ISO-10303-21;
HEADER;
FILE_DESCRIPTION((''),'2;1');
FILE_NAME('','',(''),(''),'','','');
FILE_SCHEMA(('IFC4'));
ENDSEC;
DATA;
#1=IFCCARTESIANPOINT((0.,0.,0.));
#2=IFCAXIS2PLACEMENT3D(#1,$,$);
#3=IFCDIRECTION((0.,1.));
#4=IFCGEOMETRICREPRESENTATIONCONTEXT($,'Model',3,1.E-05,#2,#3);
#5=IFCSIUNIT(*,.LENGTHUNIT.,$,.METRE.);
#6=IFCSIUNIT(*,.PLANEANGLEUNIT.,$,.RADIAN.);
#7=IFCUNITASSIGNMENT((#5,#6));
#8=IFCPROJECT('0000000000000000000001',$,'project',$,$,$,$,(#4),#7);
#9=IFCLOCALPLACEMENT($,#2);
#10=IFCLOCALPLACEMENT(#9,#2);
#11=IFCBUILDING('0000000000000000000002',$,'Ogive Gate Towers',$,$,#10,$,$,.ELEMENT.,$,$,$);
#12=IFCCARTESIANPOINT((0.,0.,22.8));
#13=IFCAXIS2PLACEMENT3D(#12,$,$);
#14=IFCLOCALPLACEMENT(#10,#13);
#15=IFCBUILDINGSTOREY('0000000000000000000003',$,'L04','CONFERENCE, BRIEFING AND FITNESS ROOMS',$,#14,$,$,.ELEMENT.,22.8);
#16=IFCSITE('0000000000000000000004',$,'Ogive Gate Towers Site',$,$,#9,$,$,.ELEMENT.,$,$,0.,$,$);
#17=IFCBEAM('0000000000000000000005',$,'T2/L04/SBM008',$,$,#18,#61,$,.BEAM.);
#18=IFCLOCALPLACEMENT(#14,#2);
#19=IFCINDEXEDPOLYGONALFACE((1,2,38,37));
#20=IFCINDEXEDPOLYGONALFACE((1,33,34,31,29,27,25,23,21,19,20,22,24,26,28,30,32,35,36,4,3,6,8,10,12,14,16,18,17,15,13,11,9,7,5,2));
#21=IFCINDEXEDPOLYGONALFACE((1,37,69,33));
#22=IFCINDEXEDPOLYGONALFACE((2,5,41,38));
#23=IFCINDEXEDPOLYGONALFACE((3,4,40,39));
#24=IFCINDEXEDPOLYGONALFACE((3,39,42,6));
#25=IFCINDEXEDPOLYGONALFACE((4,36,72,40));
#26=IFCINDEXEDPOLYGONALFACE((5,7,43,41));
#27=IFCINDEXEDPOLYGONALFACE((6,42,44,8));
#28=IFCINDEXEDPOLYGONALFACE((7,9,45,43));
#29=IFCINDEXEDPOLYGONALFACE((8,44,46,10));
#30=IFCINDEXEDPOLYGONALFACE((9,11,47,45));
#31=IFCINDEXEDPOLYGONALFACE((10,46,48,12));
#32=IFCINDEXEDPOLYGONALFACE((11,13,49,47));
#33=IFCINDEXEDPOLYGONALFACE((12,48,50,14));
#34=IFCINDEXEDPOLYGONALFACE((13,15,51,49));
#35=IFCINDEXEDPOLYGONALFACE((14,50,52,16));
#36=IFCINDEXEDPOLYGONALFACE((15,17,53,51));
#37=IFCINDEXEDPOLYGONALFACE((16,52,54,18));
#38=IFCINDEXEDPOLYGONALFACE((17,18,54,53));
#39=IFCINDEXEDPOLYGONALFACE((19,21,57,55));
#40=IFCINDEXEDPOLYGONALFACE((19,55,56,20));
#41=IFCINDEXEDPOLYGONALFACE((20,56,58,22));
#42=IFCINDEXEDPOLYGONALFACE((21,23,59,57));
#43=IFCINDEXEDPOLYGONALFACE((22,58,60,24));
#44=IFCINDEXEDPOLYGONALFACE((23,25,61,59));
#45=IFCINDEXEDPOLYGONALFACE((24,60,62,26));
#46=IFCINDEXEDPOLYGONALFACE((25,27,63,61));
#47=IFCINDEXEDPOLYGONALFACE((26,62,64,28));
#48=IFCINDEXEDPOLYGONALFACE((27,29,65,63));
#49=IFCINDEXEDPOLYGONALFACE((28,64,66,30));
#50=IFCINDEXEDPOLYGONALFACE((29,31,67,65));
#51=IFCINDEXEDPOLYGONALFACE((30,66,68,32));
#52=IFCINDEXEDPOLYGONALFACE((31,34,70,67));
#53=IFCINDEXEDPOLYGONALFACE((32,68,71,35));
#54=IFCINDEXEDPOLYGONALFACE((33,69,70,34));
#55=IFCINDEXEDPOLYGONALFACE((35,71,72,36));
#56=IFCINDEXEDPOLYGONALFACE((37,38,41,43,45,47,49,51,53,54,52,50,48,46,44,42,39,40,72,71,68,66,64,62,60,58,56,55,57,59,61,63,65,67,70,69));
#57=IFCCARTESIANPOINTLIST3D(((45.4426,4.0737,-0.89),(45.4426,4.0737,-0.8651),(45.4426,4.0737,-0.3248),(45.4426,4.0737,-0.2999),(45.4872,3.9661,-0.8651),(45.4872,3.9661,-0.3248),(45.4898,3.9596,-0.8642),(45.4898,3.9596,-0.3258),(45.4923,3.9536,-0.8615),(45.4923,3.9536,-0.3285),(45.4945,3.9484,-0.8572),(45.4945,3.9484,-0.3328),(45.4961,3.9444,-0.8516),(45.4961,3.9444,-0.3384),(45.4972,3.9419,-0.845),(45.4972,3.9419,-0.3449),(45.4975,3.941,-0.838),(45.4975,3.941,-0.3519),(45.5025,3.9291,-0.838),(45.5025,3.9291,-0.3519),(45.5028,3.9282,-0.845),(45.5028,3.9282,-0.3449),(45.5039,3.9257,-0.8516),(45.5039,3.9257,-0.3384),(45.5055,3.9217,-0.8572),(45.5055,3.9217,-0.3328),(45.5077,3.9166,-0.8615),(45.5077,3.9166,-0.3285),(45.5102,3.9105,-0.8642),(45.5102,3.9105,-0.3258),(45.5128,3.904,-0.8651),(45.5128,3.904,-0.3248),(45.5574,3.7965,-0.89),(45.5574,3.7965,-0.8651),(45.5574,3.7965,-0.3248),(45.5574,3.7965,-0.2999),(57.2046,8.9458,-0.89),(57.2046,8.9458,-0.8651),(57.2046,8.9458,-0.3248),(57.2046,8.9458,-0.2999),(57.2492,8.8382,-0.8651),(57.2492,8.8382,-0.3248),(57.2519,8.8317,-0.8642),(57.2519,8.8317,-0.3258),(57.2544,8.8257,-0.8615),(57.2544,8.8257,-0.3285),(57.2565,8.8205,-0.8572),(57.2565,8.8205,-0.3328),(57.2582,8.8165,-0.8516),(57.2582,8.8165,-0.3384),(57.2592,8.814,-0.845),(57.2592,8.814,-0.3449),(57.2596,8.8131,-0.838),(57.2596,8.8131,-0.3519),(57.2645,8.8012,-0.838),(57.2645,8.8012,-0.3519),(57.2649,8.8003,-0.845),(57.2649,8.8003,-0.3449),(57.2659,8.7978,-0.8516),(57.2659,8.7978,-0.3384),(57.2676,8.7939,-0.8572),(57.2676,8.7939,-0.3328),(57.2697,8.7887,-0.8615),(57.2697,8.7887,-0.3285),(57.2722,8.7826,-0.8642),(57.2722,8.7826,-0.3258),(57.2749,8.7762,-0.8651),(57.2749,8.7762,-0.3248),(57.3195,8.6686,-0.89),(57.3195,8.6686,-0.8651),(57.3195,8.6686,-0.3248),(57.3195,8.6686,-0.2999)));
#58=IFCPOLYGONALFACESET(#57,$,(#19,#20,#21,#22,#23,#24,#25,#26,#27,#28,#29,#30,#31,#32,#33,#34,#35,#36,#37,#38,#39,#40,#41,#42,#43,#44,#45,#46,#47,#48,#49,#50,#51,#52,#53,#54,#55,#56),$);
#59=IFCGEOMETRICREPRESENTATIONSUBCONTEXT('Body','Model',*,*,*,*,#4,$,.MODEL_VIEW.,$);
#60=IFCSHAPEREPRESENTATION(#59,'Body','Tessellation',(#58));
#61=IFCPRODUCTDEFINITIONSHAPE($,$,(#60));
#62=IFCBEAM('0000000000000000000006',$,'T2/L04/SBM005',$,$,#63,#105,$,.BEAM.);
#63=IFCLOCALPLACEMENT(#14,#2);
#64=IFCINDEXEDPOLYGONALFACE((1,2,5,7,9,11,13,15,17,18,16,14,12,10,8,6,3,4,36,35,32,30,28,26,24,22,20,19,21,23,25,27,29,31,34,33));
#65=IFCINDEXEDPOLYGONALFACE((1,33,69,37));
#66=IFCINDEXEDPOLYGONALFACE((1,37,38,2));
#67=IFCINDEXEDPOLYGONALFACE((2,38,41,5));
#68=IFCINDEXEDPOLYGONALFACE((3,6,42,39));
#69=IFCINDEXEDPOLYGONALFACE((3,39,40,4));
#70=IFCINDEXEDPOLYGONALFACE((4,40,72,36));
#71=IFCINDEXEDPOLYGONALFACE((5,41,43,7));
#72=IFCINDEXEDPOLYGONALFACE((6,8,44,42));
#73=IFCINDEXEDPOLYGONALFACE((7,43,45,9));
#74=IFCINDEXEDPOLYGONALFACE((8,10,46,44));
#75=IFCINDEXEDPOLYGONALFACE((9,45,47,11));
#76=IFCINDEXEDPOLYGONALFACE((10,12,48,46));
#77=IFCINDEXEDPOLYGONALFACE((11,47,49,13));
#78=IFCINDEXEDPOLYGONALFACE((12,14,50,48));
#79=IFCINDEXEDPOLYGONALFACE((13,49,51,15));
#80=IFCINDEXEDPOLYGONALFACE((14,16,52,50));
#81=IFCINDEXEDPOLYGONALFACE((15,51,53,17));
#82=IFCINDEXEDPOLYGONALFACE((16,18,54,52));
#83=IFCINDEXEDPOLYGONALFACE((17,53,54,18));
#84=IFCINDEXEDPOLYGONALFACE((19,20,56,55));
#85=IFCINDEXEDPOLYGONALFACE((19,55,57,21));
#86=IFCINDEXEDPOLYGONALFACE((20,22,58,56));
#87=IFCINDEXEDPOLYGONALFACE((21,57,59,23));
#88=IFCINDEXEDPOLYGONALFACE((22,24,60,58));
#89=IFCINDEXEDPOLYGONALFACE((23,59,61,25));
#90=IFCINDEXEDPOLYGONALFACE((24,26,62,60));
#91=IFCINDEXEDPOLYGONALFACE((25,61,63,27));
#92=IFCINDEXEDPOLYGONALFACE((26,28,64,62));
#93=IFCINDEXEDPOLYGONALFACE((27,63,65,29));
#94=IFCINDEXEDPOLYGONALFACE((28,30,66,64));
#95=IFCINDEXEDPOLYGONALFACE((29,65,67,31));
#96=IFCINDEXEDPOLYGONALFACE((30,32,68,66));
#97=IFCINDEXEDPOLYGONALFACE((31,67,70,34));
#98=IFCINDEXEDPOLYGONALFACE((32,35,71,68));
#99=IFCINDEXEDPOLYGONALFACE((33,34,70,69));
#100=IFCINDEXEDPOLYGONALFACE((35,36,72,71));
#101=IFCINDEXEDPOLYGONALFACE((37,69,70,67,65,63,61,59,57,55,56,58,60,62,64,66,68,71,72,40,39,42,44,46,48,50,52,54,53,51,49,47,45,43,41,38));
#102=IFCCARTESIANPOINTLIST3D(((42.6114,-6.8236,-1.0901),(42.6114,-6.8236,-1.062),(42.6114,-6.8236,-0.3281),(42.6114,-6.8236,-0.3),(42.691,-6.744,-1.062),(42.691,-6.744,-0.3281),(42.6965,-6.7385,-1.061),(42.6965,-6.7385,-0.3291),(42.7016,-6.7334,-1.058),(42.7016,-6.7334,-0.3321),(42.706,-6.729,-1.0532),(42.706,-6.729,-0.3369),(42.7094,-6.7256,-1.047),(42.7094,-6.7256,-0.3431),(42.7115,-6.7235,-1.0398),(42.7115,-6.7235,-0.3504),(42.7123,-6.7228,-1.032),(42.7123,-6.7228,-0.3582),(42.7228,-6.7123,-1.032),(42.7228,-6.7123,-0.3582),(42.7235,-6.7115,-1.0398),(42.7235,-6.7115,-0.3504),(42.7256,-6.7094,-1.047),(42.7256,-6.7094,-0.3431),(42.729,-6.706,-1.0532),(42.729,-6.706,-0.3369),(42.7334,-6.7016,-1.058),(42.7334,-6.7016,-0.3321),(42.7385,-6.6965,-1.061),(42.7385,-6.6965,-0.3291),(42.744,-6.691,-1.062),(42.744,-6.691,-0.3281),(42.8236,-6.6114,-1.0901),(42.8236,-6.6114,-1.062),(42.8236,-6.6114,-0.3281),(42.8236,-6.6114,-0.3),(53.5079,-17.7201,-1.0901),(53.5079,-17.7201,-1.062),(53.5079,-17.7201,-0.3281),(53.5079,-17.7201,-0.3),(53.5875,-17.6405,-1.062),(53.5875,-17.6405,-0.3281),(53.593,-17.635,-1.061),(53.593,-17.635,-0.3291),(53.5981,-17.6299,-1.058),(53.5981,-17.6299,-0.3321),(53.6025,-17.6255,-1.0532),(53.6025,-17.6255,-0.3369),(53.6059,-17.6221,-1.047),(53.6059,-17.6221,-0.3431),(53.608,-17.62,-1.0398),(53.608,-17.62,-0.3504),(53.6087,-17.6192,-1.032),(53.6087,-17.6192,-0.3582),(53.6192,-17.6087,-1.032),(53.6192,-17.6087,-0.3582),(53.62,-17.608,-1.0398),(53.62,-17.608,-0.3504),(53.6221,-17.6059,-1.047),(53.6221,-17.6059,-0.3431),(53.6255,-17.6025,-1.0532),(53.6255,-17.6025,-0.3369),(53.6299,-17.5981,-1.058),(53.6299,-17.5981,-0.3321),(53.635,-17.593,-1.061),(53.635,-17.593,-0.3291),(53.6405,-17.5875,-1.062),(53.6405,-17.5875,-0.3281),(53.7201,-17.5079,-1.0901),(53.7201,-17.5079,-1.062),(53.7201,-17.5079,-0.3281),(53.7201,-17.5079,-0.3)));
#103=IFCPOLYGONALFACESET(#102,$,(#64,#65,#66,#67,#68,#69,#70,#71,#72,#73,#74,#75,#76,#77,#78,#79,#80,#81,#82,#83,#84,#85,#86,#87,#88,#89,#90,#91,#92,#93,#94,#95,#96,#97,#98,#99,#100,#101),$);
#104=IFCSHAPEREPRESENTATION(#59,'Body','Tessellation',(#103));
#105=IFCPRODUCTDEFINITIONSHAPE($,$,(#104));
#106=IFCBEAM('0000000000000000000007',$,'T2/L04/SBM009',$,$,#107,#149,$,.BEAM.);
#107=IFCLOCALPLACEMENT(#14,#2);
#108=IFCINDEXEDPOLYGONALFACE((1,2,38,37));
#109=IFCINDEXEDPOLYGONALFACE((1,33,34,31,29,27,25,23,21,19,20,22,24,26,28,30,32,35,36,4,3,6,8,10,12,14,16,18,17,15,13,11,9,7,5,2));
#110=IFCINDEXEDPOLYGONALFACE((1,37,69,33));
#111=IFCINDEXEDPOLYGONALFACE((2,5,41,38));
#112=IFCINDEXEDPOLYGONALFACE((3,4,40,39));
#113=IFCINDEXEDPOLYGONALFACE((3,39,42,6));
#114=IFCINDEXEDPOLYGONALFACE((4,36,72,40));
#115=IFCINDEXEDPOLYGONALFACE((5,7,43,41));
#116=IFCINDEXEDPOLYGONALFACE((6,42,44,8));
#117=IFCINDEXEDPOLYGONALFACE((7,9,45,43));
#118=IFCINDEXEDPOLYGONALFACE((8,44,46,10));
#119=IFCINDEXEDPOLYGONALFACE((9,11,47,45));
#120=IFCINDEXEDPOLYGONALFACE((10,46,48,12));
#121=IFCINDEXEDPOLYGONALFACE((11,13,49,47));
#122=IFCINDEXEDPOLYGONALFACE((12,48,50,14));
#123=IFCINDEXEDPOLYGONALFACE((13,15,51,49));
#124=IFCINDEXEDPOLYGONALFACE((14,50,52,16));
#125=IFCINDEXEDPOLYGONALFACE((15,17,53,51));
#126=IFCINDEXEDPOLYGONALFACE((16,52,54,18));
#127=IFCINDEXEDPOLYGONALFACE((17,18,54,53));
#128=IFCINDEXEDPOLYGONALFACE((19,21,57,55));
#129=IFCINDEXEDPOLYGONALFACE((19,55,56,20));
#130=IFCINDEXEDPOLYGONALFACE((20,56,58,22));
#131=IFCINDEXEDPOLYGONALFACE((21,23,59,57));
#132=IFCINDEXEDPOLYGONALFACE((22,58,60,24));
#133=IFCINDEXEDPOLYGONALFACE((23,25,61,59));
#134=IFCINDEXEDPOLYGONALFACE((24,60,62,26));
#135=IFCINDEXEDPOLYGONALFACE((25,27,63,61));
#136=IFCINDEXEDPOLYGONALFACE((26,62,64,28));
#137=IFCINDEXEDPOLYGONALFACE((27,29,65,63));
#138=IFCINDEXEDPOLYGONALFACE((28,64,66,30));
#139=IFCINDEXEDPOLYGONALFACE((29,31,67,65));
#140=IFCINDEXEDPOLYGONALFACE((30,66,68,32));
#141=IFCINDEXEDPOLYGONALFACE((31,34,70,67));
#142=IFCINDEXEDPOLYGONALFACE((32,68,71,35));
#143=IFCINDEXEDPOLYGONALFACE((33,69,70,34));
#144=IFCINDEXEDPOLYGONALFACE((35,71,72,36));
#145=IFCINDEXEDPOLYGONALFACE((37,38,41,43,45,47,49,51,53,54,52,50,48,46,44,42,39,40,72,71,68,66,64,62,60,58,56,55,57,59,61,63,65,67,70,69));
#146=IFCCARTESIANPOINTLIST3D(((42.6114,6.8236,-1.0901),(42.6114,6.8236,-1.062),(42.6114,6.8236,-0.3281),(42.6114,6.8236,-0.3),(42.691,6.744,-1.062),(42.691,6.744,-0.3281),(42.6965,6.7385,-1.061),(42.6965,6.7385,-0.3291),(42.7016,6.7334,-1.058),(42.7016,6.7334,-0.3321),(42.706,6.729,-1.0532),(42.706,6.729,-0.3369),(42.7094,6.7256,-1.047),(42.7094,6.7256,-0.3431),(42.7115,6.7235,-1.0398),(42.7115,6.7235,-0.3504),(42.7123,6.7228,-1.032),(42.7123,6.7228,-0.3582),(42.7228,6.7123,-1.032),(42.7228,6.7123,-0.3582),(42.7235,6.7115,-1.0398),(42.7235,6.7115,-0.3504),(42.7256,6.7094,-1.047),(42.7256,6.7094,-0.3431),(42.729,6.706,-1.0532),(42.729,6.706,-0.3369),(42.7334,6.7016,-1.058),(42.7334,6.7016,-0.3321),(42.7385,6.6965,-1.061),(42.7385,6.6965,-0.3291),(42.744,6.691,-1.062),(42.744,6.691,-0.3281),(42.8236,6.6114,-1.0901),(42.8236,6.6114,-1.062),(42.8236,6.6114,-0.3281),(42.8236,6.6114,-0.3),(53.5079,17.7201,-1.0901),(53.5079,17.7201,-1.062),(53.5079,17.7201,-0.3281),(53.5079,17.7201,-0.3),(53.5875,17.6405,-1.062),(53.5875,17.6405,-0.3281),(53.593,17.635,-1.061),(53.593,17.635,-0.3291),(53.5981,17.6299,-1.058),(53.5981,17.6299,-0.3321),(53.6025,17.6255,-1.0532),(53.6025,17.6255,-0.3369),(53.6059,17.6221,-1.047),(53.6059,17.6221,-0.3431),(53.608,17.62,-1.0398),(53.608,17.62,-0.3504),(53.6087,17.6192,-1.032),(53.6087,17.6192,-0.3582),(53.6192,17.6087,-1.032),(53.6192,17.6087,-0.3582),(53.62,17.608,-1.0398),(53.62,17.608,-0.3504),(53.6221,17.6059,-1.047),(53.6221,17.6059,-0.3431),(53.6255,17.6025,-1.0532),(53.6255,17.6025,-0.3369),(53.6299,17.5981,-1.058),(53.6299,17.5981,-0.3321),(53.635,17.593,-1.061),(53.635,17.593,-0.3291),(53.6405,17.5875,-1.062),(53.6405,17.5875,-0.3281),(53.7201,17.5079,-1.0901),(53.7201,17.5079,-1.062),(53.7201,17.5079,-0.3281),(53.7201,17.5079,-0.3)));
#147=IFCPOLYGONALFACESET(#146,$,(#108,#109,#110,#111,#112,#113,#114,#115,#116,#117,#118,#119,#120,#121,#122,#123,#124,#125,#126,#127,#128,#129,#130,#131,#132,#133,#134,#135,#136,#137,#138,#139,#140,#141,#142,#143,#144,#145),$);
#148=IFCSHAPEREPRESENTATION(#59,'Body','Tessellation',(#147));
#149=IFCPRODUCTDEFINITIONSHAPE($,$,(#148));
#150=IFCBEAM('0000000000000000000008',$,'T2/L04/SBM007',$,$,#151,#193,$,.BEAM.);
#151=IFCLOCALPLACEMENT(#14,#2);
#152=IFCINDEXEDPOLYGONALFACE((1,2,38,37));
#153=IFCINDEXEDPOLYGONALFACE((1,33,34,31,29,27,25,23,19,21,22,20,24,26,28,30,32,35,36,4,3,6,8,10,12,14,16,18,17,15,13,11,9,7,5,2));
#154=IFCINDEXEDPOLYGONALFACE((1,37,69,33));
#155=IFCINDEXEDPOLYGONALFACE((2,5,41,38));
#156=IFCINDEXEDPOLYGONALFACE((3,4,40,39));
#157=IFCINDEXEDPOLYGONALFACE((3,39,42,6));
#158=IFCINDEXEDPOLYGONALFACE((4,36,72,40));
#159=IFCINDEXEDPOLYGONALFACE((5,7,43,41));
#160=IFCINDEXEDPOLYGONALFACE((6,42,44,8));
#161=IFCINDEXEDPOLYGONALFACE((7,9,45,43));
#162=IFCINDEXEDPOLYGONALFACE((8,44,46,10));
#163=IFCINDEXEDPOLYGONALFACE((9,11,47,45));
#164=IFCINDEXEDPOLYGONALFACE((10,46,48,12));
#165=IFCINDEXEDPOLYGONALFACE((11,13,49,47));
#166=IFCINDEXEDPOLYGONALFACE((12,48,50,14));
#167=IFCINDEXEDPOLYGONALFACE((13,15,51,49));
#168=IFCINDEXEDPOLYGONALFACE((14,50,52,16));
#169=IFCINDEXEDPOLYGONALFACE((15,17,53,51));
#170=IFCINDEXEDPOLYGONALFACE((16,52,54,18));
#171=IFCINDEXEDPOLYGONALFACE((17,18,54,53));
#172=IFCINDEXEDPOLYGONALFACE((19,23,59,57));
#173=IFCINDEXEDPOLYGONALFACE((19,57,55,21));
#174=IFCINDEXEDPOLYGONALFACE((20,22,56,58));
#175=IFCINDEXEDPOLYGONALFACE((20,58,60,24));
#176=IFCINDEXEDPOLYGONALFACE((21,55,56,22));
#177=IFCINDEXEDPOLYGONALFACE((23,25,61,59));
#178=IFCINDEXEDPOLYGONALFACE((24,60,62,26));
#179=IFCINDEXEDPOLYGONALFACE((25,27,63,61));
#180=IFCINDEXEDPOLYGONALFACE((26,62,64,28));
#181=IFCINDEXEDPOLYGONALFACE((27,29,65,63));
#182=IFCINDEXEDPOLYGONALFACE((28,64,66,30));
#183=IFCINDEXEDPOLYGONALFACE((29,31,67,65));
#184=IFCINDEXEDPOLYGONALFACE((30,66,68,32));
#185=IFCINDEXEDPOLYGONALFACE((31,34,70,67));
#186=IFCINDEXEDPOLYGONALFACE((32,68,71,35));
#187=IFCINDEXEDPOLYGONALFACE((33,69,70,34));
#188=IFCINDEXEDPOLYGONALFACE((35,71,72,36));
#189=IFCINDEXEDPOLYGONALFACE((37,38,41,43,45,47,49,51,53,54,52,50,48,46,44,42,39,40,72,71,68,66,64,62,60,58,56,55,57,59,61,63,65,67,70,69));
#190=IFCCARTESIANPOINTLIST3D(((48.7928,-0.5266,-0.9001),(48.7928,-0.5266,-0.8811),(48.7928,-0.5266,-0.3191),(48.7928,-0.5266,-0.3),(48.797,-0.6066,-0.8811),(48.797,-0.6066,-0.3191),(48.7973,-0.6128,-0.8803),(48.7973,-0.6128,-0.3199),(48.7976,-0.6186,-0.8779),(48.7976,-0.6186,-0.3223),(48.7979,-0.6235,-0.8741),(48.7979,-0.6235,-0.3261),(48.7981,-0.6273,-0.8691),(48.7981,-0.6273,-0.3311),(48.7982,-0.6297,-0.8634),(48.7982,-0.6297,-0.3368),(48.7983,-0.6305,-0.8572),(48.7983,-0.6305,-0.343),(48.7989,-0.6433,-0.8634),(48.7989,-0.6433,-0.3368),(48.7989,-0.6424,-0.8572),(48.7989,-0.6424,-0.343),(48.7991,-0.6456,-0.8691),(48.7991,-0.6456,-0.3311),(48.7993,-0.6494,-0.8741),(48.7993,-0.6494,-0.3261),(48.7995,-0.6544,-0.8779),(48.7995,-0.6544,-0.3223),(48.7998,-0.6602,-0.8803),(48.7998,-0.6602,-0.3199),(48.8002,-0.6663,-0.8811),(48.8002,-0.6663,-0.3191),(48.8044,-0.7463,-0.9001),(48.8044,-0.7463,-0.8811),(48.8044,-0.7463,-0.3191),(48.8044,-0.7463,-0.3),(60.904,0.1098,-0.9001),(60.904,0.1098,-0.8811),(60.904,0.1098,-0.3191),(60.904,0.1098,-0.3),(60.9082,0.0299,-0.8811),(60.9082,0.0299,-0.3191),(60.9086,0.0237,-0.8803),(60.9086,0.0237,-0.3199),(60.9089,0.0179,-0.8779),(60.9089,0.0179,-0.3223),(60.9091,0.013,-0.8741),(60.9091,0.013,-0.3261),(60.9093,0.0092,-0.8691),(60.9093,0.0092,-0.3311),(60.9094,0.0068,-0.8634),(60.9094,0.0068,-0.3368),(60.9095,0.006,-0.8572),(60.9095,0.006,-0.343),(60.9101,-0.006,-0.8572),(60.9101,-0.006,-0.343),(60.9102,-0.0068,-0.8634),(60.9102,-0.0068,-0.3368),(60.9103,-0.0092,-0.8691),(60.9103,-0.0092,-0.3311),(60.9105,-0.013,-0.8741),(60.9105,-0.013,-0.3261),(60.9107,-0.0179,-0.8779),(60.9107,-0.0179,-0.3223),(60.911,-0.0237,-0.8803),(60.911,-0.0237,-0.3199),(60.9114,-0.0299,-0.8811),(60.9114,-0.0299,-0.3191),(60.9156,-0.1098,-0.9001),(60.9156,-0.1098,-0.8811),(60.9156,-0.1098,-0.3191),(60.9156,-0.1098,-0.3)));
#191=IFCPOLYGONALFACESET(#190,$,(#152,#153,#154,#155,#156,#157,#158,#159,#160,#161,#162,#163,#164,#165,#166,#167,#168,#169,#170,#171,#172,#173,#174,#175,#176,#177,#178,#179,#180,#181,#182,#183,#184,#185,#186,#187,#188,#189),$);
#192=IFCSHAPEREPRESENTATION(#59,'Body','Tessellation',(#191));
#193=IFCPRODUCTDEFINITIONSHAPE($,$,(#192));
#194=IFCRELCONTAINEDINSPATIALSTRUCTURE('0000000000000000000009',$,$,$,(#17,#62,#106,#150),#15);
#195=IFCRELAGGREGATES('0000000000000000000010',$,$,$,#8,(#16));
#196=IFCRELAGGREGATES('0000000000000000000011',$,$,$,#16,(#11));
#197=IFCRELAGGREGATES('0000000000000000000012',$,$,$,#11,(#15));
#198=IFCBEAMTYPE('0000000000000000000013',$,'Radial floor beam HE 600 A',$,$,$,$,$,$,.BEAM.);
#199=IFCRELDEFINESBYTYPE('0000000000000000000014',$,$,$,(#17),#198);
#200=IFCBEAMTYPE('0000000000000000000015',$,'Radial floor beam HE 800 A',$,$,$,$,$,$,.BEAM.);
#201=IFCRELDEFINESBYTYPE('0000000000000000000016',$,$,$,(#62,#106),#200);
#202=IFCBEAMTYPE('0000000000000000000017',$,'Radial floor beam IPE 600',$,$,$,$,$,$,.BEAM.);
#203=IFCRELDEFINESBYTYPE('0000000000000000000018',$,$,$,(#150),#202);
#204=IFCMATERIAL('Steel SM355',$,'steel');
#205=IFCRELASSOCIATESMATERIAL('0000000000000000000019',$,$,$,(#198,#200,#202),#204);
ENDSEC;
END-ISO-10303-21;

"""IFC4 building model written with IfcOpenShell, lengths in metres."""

from ifc_helpers import new_model, si_unit, direction, frame, origin, origin_2d, place, context, subcontext, project, spatial, i_section, extrude, material, material_profile, profile_set, type_object, element, save


model = new_model("IFC4")

# Units and contexts
model_context = context("Model", 3, precision=1e-05, world=origin(), true_north=direction((0.0, 1.0)))
body_context = subcontext(model_context, "Body", "Model", "MODEL_VIEW")
ifc_project = project(units=[si_unit("LENGTHUNIT", "METRE"), si_unit("PLANEANGLEUNIT", "RADIAN")], contexts=[model_context])

# Site, building, storey
site_placement = place(None, origin())
site = spatial("IfcSite", under=ifc_project, at=site_placement, Name="Ogive Gate Towers Site", CompositionType="ELEMENT", RefElevation=0.0)
building_placement = place(site_placement, origin())
building = spatial("IfcBuilding", under=site, at=building_placement, Name="Ogive Gate Towers", CompositionType="ELEMENT")
storey_placement = place(building_placement, frame((0.0, 0.0, 22.8)))
storey = spatial("IfcBuildingStorey", under=building, at=storey_placement, Name="L04", Description="CONFERENCE, BRIEFING AND FITNESS ROOMS", CompositionType="ELEMENT", Elevation=22.8)

# Beams
ifc_material_1 = material(Name="Steel SM355", Category="steel")
ifc_material_profile_1 = material_profile(ifc_material_1, i_section(OverallWidth=0.3, OverallDepth=0.5901, WebThickness=0.0129, FlangeThickness=0.0249, FilletRadius=0.0271, at=origin_2d()), Name="HE 600 A")
ifc_profile_set_1 = profile_set([ifc_material_profile_1], Name="Steel SM355")
beam_type_1 = type_object("IfcBeamType", Name="Radial floor beam HE 600 A", PredefinedType="BEAM", material=ifc_profile_set_1)
for number, where, z_axis, x_axis, name in (
    (1, (45.5, 3.9351, -0.595), (0.923877, 0.382691, 0.0), (-0.382691, 0.923877, 0.0), "T2/L04/SBM008"),
):
    element("IfcBeam", number, at=place(storey_placement, frame(where, z_axis=z_axis, x_axis=x_axis)), inside=storey, type_object=beam_type_1, Name=name, PredefinedType="BEAM", context=body_context, shape_type="SweptSolid", body=[
        extrude(i_section(OverallWidth=0.3, OverallDepth=0.5901, WebThickness=0.0129, FlangeThickness=0.0249, FilletRadius=0.0271, at=origin_2d()), origin(), (0.0, 0.0, 1.0), 12.7312),
    ])
ifc_material_profile_2 = material_profile(ifc_material_1, i_section(OverallWidth=0.3, OverallDepth=0.79, WebThickness=0.0149, FlangeThickness=0.0281, FilletRadius=0.03, at=origin_2d()), Name="HE 800 A")
ifc_profile_set_2 = profile_set([ifc_material_profile_2], Name="Steel SM355")
beam_type_2 = type_object("IfcBeamType", Name="Radial floor beam HE 800 A", PredefinedType="BEAM", material=ifc_profile_set_2)
for number, where, z_axis, x_axis, name in (
    (2, (42.7175, -6.7175, -0.6951), (0.707107, -0.707107, 0.0), (0.707107, 0.707107, 0.0), "T2/L04/SBM005"),
    (3, (42.7175, 6.7175, -0.6951), (0.707107, 0.707107, 0.0), (-0.707107, 0.707107, 0.0), "T2/L04/SBM009"),
):
    element("IfcBeam", number, at=place(storey_placement, frame(where, z_axis=z_axis, x_axis=x_axis)), inside=storey, type_object=beam_type_2, Name=name, PredefinedType="BEAM", context=body_context, shape_type="SweptSolid", body=[
        extrude(i_section(OverallWidth=0.3, OverallDepth=0.79, WebThickness=0.0149, FlangeThickness=0.0281, FilletRadius=0.03, at=origin_2d()), origin(), (0.0, 0.0, 1.0), 15.4099),
    ])
ifc_material_profile_3 = material_profile(ifc_material_1, i_section(OverallWidth=0.22, OverallDepth=0.6001, WebThickness=0.012, FlangeThickness=0.019, FilletRadius=0.0239, at=origin_2d()), Name="IPE 600")
ifc_profile_set_3 = profile_set([ifc_material_profile_3], Name="Steel SM355")
beam_type_3 = type_object("IfcBeamType", Name="Radial floor beam IPE 600", PredefinedType="BEAM", material=ifc_profile_set_3)
beam_1_placement = place(storey_placement, frame((48.7986, -0.6365, -0.6001), z_axis=(0.998622, 0.05248, 0.0), x_axis=(-0.05248, 0.998622, 0.0)))
element("IfcBeam", 4, at=beam_1_placement, inside=storey, type_object=beam_type_3, Name="T2/L04/SBM007", PredefinedType="BEAM", context=body_context, shape_type="SweptSolid", body=[
    extrude(i_section(OverallWidth=0.22, OverallDepth=0.6001, WebThickness=0.012, FlangeThickness=0.019, FilletRadius=0.0239, at=origin_2d()), origin(), (0.0, 0.0, 1.0), 12.1279),
])

save(model, "model.ifc")
